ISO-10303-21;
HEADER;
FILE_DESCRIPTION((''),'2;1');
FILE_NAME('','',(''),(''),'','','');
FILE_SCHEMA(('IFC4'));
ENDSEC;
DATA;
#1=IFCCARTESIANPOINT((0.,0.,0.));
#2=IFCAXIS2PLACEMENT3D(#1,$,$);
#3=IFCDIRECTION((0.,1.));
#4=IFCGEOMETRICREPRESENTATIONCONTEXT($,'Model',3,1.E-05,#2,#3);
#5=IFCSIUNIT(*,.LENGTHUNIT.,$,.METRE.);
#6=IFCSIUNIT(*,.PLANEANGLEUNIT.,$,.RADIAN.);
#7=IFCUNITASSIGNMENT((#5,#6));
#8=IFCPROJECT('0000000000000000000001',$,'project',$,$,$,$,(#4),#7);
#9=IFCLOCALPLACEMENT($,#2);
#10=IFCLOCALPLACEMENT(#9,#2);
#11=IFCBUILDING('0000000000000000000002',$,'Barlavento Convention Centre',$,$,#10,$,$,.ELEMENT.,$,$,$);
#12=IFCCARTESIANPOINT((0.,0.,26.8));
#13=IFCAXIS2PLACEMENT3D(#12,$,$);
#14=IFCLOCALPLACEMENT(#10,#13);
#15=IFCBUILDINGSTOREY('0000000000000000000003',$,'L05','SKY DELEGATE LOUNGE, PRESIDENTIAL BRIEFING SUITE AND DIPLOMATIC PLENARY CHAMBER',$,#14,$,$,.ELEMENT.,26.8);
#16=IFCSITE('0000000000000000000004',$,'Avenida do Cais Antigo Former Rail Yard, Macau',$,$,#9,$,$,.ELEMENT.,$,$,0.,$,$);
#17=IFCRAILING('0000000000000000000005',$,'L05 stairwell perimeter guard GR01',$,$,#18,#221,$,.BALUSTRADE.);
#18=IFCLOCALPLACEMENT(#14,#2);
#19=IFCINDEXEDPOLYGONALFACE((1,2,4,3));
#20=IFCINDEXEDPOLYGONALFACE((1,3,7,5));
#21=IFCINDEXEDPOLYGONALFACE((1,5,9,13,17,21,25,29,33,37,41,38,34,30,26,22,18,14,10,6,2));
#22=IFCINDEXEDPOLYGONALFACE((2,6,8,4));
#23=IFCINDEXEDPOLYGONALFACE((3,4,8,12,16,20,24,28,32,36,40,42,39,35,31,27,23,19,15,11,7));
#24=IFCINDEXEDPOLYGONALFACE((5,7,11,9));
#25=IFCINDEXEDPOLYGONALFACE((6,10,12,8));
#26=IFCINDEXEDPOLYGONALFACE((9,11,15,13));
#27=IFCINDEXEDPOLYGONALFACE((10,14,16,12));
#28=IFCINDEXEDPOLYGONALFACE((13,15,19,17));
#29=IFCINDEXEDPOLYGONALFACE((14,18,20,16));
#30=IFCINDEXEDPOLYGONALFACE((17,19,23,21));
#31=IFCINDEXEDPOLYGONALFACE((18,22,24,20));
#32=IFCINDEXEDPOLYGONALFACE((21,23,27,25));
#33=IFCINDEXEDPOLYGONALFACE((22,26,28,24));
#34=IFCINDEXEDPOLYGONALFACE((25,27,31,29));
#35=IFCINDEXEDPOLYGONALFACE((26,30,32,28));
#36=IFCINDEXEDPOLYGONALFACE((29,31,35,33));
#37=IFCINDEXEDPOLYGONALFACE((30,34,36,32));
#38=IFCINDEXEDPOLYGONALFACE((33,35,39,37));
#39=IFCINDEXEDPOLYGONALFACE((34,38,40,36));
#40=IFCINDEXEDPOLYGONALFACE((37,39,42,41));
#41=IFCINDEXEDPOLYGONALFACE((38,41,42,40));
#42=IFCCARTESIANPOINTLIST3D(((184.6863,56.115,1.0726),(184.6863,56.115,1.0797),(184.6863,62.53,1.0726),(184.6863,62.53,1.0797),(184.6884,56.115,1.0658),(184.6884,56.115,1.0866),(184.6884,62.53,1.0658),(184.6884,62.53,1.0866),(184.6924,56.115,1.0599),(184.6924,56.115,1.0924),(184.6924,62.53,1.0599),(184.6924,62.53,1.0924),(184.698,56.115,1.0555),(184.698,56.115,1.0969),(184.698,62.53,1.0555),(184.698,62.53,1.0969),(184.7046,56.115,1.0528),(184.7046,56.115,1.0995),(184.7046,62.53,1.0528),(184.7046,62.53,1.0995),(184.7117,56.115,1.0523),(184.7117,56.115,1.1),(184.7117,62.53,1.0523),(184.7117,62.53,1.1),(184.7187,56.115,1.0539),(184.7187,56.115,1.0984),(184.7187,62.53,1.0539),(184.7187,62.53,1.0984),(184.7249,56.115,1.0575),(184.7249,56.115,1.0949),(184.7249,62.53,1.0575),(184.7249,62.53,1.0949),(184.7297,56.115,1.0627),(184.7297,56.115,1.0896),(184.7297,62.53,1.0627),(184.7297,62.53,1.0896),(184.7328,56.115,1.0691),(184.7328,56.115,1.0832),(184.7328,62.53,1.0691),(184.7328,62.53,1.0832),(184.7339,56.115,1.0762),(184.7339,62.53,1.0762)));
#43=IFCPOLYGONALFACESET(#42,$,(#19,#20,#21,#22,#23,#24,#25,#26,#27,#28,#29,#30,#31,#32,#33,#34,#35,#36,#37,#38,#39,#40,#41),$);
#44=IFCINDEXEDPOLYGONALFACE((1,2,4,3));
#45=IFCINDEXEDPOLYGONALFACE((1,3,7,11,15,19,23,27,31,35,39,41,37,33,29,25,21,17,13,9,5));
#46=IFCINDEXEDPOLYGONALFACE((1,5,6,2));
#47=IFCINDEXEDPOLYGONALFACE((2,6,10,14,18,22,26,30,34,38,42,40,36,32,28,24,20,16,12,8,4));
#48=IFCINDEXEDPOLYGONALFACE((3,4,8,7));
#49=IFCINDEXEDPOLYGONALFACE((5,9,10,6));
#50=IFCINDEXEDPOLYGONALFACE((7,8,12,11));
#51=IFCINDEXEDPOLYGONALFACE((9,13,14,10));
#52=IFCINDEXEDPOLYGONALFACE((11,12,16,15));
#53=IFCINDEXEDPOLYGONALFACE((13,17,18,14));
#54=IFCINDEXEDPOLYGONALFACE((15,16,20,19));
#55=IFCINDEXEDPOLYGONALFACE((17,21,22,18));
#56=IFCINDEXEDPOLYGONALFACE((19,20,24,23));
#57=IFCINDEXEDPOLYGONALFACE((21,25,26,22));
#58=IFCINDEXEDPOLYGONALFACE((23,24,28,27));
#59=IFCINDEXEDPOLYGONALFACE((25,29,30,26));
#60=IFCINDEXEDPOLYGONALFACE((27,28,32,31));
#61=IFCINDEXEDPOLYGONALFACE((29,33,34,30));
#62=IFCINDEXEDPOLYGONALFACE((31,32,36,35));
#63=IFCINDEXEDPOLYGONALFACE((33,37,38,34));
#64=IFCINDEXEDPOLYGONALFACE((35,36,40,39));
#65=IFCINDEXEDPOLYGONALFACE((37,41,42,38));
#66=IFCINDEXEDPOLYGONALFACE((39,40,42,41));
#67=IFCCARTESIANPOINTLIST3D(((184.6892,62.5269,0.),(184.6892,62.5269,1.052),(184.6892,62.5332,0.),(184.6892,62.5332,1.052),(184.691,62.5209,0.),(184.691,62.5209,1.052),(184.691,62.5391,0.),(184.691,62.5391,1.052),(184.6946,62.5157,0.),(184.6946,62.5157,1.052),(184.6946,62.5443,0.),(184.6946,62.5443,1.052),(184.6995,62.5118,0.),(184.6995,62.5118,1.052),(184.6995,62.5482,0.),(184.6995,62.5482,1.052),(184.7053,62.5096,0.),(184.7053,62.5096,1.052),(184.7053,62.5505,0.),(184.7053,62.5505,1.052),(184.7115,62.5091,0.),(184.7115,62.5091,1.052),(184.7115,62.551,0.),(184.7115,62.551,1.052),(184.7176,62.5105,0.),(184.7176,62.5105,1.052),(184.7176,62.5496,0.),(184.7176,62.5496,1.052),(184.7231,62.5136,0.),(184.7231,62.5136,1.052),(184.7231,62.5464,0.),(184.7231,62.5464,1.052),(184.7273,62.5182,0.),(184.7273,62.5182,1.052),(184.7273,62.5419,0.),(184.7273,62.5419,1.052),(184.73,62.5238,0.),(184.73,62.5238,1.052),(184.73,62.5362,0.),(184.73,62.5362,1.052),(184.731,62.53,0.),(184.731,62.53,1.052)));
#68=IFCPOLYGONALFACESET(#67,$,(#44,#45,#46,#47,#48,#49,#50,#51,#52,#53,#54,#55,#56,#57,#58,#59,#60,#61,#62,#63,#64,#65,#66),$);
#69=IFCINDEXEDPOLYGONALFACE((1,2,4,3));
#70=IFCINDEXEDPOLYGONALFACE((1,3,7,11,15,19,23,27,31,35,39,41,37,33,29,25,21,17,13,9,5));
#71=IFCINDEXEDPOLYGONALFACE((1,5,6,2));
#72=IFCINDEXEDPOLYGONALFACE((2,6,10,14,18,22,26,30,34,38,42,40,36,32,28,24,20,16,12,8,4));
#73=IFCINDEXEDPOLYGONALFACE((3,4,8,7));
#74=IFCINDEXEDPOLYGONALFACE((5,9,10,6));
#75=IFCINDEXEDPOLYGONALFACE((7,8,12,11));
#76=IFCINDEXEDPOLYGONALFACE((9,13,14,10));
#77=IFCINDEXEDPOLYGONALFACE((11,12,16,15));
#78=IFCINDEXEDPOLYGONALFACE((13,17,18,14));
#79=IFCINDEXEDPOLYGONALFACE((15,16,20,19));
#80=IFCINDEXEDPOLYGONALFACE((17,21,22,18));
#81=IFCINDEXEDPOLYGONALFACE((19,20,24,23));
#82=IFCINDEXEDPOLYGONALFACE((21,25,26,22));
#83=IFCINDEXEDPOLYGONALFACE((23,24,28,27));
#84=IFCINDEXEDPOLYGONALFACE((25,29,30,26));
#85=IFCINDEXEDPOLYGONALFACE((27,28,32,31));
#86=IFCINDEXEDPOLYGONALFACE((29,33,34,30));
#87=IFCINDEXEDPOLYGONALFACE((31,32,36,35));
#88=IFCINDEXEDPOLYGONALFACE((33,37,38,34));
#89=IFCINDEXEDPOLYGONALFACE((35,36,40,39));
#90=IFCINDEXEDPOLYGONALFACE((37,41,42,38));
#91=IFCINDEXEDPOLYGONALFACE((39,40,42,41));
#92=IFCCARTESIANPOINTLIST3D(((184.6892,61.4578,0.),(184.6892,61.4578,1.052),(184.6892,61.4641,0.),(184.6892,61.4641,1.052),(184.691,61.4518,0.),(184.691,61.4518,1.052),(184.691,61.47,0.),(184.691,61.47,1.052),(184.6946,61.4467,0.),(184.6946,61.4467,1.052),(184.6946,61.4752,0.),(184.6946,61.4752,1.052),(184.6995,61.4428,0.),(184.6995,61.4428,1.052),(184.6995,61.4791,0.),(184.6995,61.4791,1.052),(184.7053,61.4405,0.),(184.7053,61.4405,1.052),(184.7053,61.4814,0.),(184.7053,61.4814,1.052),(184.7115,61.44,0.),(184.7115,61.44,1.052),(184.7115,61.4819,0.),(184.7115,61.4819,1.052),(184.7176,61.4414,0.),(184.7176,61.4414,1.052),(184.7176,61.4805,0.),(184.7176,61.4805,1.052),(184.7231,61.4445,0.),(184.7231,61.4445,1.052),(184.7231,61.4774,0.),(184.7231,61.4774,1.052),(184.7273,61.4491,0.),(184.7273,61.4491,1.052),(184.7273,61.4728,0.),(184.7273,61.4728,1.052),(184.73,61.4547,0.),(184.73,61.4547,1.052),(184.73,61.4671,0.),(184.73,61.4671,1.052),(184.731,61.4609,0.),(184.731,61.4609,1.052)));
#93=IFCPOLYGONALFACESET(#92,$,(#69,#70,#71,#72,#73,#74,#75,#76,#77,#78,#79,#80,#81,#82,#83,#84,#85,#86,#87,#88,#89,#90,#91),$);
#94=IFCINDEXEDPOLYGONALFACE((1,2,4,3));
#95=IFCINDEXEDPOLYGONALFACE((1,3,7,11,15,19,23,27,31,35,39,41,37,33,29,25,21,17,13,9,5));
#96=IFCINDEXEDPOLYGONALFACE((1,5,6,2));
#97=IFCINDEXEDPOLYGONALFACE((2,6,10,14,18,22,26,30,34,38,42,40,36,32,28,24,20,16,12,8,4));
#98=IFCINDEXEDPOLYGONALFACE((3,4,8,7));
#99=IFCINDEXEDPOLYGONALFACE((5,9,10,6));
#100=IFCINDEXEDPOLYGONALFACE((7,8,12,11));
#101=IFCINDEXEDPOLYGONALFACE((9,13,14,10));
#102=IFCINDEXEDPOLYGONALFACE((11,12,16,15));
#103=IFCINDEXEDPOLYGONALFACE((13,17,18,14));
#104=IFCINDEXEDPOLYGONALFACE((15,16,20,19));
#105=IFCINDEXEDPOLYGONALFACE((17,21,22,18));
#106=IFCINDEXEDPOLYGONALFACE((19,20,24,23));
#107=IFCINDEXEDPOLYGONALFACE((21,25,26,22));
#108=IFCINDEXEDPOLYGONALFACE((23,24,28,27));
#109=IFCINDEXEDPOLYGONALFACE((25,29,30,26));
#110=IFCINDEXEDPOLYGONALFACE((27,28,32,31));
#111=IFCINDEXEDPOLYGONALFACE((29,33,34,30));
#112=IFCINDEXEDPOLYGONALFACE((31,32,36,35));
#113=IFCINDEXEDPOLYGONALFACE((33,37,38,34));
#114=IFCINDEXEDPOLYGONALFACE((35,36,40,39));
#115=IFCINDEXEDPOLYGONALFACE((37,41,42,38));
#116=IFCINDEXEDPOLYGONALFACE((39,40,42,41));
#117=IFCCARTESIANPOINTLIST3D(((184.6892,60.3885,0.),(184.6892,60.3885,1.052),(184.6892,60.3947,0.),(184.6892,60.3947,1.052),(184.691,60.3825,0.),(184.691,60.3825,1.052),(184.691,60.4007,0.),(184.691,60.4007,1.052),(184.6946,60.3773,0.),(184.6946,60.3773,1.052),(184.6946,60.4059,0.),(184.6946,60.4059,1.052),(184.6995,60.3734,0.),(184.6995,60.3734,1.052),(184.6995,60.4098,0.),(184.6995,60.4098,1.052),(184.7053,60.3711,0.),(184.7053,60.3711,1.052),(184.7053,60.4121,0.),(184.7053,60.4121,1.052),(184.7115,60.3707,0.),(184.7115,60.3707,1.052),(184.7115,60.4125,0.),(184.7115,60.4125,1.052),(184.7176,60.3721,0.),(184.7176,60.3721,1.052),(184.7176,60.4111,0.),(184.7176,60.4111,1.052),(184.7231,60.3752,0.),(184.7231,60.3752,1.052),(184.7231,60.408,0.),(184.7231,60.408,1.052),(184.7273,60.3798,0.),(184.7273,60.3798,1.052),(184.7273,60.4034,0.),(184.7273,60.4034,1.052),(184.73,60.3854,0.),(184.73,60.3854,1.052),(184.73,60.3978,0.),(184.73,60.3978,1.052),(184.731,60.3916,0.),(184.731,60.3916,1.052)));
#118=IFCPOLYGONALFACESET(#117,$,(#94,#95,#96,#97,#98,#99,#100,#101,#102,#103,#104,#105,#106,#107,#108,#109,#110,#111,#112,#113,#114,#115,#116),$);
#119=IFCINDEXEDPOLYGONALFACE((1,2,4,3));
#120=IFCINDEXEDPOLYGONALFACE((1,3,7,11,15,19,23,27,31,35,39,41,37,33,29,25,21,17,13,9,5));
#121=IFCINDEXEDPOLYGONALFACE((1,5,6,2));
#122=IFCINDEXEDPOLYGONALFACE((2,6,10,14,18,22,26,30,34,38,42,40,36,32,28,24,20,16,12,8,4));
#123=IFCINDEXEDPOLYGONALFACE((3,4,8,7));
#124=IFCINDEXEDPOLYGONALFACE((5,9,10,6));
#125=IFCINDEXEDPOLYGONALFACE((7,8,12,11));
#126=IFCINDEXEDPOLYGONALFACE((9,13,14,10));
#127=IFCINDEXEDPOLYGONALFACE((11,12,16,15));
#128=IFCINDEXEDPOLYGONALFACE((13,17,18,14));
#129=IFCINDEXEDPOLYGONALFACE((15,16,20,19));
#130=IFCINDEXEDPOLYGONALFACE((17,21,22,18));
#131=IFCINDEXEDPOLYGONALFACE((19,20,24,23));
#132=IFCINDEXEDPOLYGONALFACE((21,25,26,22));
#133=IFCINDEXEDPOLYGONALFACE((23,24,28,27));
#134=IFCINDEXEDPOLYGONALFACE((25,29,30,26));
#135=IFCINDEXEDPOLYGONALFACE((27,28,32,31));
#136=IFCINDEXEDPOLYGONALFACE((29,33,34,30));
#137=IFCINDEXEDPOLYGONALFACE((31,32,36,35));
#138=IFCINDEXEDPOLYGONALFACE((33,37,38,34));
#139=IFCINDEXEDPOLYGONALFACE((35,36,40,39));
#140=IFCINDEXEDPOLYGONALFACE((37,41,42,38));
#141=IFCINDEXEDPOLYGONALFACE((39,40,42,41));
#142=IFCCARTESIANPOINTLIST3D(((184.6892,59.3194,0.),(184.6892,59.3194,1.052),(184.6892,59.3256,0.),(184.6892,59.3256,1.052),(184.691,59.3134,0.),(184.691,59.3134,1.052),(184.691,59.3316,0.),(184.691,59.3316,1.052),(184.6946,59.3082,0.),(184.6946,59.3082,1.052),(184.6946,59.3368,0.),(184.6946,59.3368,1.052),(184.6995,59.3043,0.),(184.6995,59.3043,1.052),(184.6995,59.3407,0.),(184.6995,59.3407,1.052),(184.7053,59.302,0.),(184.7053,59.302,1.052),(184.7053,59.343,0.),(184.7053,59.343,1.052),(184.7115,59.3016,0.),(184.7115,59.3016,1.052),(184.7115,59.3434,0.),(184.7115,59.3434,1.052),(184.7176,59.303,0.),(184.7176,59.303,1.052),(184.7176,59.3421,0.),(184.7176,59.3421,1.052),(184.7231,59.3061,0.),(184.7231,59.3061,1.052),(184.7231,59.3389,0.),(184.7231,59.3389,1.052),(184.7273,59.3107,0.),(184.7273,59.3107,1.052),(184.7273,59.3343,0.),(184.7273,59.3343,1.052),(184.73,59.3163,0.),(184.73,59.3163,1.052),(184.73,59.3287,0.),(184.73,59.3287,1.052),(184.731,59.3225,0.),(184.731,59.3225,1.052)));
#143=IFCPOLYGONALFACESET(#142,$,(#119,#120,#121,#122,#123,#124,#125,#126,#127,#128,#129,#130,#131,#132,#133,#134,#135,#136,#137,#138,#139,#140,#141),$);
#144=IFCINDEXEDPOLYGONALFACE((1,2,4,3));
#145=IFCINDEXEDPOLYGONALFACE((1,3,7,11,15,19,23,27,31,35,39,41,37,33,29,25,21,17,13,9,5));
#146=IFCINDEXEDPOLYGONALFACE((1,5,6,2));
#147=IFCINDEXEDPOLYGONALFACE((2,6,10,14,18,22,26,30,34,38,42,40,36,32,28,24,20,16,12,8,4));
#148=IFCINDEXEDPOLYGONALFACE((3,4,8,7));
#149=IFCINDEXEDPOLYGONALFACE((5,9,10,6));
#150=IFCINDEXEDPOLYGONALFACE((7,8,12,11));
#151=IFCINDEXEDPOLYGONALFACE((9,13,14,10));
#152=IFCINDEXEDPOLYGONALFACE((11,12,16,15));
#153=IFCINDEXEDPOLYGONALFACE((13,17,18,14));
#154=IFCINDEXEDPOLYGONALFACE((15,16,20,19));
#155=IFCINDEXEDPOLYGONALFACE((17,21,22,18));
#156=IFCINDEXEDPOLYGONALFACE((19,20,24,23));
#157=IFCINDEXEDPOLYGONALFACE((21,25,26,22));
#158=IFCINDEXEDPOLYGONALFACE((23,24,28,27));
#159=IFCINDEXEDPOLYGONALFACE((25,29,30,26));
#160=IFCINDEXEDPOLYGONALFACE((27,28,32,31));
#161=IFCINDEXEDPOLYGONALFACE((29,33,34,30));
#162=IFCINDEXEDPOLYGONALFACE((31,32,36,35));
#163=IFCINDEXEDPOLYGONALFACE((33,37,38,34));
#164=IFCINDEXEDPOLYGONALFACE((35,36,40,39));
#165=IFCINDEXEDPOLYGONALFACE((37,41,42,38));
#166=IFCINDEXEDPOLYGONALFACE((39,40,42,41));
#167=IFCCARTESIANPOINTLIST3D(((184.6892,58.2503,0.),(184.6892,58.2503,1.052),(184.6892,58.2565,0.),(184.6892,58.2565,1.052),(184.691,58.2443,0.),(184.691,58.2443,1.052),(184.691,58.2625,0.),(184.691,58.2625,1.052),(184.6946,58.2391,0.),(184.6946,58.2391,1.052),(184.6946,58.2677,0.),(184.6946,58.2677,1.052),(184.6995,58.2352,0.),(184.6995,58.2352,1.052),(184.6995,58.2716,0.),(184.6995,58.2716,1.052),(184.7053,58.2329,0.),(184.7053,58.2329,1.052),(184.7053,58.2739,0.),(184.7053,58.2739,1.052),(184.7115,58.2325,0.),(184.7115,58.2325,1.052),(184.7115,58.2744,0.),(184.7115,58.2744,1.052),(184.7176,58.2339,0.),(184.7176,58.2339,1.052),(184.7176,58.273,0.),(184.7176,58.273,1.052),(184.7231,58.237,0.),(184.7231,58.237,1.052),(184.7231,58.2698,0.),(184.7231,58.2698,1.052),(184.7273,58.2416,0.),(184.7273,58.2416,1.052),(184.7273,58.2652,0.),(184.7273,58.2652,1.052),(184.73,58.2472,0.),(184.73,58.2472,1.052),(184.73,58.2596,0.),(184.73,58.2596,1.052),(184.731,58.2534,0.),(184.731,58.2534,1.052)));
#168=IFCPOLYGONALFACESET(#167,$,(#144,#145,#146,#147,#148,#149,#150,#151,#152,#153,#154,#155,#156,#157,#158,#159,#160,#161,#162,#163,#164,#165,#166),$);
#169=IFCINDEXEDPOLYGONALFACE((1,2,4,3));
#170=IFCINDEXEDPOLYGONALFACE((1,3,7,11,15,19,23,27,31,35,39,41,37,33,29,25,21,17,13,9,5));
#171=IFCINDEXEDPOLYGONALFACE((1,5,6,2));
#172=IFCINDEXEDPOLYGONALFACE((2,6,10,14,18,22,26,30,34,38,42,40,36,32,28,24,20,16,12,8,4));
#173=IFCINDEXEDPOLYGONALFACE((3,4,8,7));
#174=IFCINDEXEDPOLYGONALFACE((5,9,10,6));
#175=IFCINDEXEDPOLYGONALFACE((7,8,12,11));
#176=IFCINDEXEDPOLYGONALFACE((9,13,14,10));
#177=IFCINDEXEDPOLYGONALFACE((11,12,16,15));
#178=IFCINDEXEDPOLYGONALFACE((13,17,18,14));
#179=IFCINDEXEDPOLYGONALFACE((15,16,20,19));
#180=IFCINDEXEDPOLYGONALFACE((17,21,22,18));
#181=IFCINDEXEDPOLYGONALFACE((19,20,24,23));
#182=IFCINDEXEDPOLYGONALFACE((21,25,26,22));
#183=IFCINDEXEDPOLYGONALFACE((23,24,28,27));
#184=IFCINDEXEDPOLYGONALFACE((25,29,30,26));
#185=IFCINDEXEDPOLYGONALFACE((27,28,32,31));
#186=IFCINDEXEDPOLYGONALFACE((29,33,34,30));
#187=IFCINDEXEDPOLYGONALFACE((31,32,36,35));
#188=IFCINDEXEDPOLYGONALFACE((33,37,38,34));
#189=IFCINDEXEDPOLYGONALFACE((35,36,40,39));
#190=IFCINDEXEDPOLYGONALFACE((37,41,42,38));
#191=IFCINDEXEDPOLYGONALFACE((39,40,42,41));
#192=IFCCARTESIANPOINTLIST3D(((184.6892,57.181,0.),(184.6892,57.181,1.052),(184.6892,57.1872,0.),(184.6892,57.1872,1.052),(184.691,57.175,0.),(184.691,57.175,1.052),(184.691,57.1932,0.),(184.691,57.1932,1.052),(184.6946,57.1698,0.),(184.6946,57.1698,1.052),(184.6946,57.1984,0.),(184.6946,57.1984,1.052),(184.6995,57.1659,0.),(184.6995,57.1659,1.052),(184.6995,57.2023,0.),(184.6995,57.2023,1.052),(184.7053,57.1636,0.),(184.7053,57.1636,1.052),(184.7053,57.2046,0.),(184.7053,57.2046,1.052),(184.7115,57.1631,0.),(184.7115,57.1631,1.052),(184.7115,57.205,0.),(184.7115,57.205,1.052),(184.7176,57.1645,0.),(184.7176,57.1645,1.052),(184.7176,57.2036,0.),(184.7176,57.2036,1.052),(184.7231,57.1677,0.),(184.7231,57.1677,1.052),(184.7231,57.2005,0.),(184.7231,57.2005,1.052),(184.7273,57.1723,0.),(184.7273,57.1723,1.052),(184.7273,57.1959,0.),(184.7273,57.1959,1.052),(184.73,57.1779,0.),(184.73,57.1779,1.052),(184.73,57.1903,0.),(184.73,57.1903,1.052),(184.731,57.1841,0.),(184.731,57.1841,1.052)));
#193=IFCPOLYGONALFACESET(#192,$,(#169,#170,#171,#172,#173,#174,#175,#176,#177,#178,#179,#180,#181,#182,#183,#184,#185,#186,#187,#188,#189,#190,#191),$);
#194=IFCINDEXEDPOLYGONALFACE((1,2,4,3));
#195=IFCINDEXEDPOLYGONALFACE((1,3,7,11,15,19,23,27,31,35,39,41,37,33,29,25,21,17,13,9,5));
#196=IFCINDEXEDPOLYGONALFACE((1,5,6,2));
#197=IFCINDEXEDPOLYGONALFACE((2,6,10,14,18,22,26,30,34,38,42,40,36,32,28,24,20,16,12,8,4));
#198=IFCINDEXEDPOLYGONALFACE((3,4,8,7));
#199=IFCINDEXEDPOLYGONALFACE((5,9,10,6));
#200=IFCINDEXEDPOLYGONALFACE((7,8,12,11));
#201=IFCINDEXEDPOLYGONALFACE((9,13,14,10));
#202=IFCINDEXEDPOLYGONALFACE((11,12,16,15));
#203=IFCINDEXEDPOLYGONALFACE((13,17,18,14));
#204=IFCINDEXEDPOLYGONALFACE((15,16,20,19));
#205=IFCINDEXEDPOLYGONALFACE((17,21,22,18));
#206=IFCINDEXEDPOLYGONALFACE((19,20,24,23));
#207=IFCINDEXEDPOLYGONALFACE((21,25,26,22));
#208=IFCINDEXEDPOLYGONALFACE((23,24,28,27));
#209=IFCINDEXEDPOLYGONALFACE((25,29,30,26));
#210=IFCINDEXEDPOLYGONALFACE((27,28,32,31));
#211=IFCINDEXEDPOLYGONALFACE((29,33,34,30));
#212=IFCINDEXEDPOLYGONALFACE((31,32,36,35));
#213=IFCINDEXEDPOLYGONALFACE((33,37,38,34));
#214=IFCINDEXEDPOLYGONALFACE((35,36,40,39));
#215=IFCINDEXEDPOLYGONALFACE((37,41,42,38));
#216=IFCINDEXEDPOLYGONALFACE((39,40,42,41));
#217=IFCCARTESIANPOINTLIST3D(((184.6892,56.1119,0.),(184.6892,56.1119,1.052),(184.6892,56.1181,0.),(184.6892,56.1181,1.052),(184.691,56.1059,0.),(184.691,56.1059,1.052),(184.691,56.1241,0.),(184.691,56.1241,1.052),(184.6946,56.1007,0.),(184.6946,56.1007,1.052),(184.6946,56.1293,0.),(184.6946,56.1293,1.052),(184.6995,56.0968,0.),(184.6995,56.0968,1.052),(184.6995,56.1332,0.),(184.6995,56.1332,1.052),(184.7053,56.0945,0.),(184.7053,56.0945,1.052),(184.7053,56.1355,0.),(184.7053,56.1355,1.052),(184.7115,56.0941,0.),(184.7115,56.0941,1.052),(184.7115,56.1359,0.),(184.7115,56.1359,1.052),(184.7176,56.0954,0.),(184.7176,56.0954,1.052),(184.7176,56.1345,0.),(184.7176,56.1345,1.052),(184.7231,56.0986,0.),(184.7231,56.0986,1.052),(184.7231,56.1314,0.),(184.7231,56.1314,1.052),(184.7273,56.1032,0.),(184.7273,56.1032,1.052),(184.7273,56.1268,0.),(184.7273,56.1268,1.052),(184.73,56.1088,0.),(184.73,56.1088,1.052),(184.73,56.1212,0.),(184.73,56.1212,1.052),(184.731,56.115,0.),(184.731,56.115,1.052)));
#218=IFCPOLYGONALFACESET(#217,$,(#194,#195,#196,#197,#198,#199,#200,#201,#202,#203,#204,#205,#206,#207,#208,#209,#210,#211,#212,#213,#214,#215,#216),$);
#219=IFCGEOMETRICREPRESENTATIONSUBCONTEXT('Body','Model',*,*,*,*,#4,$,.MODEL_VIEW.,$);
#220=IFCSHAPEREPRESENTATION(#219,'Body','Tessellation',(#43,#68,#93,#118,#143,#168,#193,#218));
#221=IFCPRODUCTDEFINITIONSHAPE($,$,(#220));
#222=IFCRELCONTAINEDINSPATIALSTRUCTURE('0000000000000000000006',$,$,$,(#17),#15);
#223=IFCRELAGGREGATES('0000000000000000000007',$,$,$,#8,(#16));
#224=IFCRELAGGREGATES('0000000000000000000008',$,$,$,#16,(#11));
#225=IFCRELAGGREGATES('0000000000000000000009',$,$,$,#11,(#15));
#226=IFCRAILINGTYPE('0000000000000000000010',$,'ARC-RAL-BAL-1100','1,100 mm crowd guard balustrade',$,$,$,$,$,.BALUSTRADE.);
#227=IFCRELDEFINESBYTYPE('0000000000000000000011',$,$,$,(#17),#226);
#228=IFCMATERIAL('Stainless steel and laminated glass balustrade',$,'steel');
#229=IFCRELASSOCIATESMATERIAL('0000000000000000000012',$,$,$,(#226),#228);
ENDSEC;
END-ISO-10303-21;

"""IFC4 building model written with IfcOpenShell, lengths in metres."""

from ifc_helpers import new_model, si_unit, direction, frame, origin, origin_2d, place, context, subcontext, project, spatial, circle, extrude, material, type_object, element, save


model = new_model("IFC4")

# Units and contexts
model_context = context("Model", 3, precision=1e-05, world=origin(), true_north=direction((0.0, 1.0)))
body_context = subcontext(model_context, "Body", "Model", "MODEL_VIEW")
ifc_project = project(units=[si_unit("LENGTHUNIT", "METRE"), si_unit("PLANEANGLEUNIT", "RADIAN")], contexts=[model_context])

# Site, building, storey
site_placement = place(None, origin())
site = spatial("IfcSite", under=ifc_project, at=site_placement, Name="Avenida do Cais Antigo Former Rail Yard, Macau", CompositionType="ELEMENT", RefElevation=0.0)
building_placement = place(site_placement, origin())
building = spatial("IfcBuilding", under=site, at=building_placement, Name="Barlavento Convention Centre", CompositionType="ELEMENT")
storey_placement = place(building_placement, frame((0.0, 0.0, 26.8)))
storey = spatial("IfcBuildingStorey", under=building, at=storey_placement, Name="L05", Description="SKY DELEGATE LOUNGE, PRESIDENTIAL BRIEFING SUITE AND DIPLOMATIC PLENARY CHAMBER", CompositionType="ELEMENT", Elevation=26.8)

# Railing
ifc_material_1 = material(Name="Stainless steel and laminated glass balustrade", Category="steel")
railing_type = type_object("IfcRailingType", Name="ARC-RAL-BAL-1100", Description="1,100 mm crowd guard balustrade", PredefinedType="BALUSTRADE", material=ifc_material_1)
railing_1_placement = place(storey_placement, frame((184.71, 62.53, 0.0)))
element("IfcRailing", 1, at=railing_1_placement, inside=storey, type_object=railing_type, Name="L05 stairwell perimeter guard GR01", PredefinedType="BALUSTRADE", context=body_context, shape_type="SweptSolid", body=[
    extrude(circle(Radius=0.0239, at=origin_2d()), frame((0.0, 0.0, 1.0762), z_axis=(0.0, -1.0, 0.0), x_axis=(1.0, 0.0, 0.0)), (0.0, 0.0, 1.0), 6.415),
    extrude(circle(Radius=0.021, at=origin_2d()), origin(), (0.0, 0.0, 1.0), 1.052),
    extrude(circle(Radius=0.021, at=origin_2d()), frame((0.0, -1.0691, 0.0)), (0.0, 0.0, 1.0), 1.052),
    extrude(circle(Radius=0.021, at=origin_2d()), frame((0.0, -2.1384, 0.0)), (0.0, 0.0, 1.0), 1.052),
    extrude(circle(Radius=0.021, at=origin_2d()), frame((0.0, -3.2075, 0.0)), (0.0, 0.0, 1.0), 1.052),
    extrude(circle(Radius=0.021, at=origin_2d()), frame((0.0, -4.2766, 0.0)), (0.0, 0.0, 1.0), 1.052),
    extrude(circle(Radius=0.021, at=origin_2d()), frame((0.0, -5.3459, 0.0)), (0.0, 0.0, 1.0), 1.052),
    extrude(circle(Radius=0.021, at=origin_2d()), frame((0.0, -6.415, 0.0)), (0.0, 0.0, 1.0), 1.052),
])

save(model, "model.ifc")
